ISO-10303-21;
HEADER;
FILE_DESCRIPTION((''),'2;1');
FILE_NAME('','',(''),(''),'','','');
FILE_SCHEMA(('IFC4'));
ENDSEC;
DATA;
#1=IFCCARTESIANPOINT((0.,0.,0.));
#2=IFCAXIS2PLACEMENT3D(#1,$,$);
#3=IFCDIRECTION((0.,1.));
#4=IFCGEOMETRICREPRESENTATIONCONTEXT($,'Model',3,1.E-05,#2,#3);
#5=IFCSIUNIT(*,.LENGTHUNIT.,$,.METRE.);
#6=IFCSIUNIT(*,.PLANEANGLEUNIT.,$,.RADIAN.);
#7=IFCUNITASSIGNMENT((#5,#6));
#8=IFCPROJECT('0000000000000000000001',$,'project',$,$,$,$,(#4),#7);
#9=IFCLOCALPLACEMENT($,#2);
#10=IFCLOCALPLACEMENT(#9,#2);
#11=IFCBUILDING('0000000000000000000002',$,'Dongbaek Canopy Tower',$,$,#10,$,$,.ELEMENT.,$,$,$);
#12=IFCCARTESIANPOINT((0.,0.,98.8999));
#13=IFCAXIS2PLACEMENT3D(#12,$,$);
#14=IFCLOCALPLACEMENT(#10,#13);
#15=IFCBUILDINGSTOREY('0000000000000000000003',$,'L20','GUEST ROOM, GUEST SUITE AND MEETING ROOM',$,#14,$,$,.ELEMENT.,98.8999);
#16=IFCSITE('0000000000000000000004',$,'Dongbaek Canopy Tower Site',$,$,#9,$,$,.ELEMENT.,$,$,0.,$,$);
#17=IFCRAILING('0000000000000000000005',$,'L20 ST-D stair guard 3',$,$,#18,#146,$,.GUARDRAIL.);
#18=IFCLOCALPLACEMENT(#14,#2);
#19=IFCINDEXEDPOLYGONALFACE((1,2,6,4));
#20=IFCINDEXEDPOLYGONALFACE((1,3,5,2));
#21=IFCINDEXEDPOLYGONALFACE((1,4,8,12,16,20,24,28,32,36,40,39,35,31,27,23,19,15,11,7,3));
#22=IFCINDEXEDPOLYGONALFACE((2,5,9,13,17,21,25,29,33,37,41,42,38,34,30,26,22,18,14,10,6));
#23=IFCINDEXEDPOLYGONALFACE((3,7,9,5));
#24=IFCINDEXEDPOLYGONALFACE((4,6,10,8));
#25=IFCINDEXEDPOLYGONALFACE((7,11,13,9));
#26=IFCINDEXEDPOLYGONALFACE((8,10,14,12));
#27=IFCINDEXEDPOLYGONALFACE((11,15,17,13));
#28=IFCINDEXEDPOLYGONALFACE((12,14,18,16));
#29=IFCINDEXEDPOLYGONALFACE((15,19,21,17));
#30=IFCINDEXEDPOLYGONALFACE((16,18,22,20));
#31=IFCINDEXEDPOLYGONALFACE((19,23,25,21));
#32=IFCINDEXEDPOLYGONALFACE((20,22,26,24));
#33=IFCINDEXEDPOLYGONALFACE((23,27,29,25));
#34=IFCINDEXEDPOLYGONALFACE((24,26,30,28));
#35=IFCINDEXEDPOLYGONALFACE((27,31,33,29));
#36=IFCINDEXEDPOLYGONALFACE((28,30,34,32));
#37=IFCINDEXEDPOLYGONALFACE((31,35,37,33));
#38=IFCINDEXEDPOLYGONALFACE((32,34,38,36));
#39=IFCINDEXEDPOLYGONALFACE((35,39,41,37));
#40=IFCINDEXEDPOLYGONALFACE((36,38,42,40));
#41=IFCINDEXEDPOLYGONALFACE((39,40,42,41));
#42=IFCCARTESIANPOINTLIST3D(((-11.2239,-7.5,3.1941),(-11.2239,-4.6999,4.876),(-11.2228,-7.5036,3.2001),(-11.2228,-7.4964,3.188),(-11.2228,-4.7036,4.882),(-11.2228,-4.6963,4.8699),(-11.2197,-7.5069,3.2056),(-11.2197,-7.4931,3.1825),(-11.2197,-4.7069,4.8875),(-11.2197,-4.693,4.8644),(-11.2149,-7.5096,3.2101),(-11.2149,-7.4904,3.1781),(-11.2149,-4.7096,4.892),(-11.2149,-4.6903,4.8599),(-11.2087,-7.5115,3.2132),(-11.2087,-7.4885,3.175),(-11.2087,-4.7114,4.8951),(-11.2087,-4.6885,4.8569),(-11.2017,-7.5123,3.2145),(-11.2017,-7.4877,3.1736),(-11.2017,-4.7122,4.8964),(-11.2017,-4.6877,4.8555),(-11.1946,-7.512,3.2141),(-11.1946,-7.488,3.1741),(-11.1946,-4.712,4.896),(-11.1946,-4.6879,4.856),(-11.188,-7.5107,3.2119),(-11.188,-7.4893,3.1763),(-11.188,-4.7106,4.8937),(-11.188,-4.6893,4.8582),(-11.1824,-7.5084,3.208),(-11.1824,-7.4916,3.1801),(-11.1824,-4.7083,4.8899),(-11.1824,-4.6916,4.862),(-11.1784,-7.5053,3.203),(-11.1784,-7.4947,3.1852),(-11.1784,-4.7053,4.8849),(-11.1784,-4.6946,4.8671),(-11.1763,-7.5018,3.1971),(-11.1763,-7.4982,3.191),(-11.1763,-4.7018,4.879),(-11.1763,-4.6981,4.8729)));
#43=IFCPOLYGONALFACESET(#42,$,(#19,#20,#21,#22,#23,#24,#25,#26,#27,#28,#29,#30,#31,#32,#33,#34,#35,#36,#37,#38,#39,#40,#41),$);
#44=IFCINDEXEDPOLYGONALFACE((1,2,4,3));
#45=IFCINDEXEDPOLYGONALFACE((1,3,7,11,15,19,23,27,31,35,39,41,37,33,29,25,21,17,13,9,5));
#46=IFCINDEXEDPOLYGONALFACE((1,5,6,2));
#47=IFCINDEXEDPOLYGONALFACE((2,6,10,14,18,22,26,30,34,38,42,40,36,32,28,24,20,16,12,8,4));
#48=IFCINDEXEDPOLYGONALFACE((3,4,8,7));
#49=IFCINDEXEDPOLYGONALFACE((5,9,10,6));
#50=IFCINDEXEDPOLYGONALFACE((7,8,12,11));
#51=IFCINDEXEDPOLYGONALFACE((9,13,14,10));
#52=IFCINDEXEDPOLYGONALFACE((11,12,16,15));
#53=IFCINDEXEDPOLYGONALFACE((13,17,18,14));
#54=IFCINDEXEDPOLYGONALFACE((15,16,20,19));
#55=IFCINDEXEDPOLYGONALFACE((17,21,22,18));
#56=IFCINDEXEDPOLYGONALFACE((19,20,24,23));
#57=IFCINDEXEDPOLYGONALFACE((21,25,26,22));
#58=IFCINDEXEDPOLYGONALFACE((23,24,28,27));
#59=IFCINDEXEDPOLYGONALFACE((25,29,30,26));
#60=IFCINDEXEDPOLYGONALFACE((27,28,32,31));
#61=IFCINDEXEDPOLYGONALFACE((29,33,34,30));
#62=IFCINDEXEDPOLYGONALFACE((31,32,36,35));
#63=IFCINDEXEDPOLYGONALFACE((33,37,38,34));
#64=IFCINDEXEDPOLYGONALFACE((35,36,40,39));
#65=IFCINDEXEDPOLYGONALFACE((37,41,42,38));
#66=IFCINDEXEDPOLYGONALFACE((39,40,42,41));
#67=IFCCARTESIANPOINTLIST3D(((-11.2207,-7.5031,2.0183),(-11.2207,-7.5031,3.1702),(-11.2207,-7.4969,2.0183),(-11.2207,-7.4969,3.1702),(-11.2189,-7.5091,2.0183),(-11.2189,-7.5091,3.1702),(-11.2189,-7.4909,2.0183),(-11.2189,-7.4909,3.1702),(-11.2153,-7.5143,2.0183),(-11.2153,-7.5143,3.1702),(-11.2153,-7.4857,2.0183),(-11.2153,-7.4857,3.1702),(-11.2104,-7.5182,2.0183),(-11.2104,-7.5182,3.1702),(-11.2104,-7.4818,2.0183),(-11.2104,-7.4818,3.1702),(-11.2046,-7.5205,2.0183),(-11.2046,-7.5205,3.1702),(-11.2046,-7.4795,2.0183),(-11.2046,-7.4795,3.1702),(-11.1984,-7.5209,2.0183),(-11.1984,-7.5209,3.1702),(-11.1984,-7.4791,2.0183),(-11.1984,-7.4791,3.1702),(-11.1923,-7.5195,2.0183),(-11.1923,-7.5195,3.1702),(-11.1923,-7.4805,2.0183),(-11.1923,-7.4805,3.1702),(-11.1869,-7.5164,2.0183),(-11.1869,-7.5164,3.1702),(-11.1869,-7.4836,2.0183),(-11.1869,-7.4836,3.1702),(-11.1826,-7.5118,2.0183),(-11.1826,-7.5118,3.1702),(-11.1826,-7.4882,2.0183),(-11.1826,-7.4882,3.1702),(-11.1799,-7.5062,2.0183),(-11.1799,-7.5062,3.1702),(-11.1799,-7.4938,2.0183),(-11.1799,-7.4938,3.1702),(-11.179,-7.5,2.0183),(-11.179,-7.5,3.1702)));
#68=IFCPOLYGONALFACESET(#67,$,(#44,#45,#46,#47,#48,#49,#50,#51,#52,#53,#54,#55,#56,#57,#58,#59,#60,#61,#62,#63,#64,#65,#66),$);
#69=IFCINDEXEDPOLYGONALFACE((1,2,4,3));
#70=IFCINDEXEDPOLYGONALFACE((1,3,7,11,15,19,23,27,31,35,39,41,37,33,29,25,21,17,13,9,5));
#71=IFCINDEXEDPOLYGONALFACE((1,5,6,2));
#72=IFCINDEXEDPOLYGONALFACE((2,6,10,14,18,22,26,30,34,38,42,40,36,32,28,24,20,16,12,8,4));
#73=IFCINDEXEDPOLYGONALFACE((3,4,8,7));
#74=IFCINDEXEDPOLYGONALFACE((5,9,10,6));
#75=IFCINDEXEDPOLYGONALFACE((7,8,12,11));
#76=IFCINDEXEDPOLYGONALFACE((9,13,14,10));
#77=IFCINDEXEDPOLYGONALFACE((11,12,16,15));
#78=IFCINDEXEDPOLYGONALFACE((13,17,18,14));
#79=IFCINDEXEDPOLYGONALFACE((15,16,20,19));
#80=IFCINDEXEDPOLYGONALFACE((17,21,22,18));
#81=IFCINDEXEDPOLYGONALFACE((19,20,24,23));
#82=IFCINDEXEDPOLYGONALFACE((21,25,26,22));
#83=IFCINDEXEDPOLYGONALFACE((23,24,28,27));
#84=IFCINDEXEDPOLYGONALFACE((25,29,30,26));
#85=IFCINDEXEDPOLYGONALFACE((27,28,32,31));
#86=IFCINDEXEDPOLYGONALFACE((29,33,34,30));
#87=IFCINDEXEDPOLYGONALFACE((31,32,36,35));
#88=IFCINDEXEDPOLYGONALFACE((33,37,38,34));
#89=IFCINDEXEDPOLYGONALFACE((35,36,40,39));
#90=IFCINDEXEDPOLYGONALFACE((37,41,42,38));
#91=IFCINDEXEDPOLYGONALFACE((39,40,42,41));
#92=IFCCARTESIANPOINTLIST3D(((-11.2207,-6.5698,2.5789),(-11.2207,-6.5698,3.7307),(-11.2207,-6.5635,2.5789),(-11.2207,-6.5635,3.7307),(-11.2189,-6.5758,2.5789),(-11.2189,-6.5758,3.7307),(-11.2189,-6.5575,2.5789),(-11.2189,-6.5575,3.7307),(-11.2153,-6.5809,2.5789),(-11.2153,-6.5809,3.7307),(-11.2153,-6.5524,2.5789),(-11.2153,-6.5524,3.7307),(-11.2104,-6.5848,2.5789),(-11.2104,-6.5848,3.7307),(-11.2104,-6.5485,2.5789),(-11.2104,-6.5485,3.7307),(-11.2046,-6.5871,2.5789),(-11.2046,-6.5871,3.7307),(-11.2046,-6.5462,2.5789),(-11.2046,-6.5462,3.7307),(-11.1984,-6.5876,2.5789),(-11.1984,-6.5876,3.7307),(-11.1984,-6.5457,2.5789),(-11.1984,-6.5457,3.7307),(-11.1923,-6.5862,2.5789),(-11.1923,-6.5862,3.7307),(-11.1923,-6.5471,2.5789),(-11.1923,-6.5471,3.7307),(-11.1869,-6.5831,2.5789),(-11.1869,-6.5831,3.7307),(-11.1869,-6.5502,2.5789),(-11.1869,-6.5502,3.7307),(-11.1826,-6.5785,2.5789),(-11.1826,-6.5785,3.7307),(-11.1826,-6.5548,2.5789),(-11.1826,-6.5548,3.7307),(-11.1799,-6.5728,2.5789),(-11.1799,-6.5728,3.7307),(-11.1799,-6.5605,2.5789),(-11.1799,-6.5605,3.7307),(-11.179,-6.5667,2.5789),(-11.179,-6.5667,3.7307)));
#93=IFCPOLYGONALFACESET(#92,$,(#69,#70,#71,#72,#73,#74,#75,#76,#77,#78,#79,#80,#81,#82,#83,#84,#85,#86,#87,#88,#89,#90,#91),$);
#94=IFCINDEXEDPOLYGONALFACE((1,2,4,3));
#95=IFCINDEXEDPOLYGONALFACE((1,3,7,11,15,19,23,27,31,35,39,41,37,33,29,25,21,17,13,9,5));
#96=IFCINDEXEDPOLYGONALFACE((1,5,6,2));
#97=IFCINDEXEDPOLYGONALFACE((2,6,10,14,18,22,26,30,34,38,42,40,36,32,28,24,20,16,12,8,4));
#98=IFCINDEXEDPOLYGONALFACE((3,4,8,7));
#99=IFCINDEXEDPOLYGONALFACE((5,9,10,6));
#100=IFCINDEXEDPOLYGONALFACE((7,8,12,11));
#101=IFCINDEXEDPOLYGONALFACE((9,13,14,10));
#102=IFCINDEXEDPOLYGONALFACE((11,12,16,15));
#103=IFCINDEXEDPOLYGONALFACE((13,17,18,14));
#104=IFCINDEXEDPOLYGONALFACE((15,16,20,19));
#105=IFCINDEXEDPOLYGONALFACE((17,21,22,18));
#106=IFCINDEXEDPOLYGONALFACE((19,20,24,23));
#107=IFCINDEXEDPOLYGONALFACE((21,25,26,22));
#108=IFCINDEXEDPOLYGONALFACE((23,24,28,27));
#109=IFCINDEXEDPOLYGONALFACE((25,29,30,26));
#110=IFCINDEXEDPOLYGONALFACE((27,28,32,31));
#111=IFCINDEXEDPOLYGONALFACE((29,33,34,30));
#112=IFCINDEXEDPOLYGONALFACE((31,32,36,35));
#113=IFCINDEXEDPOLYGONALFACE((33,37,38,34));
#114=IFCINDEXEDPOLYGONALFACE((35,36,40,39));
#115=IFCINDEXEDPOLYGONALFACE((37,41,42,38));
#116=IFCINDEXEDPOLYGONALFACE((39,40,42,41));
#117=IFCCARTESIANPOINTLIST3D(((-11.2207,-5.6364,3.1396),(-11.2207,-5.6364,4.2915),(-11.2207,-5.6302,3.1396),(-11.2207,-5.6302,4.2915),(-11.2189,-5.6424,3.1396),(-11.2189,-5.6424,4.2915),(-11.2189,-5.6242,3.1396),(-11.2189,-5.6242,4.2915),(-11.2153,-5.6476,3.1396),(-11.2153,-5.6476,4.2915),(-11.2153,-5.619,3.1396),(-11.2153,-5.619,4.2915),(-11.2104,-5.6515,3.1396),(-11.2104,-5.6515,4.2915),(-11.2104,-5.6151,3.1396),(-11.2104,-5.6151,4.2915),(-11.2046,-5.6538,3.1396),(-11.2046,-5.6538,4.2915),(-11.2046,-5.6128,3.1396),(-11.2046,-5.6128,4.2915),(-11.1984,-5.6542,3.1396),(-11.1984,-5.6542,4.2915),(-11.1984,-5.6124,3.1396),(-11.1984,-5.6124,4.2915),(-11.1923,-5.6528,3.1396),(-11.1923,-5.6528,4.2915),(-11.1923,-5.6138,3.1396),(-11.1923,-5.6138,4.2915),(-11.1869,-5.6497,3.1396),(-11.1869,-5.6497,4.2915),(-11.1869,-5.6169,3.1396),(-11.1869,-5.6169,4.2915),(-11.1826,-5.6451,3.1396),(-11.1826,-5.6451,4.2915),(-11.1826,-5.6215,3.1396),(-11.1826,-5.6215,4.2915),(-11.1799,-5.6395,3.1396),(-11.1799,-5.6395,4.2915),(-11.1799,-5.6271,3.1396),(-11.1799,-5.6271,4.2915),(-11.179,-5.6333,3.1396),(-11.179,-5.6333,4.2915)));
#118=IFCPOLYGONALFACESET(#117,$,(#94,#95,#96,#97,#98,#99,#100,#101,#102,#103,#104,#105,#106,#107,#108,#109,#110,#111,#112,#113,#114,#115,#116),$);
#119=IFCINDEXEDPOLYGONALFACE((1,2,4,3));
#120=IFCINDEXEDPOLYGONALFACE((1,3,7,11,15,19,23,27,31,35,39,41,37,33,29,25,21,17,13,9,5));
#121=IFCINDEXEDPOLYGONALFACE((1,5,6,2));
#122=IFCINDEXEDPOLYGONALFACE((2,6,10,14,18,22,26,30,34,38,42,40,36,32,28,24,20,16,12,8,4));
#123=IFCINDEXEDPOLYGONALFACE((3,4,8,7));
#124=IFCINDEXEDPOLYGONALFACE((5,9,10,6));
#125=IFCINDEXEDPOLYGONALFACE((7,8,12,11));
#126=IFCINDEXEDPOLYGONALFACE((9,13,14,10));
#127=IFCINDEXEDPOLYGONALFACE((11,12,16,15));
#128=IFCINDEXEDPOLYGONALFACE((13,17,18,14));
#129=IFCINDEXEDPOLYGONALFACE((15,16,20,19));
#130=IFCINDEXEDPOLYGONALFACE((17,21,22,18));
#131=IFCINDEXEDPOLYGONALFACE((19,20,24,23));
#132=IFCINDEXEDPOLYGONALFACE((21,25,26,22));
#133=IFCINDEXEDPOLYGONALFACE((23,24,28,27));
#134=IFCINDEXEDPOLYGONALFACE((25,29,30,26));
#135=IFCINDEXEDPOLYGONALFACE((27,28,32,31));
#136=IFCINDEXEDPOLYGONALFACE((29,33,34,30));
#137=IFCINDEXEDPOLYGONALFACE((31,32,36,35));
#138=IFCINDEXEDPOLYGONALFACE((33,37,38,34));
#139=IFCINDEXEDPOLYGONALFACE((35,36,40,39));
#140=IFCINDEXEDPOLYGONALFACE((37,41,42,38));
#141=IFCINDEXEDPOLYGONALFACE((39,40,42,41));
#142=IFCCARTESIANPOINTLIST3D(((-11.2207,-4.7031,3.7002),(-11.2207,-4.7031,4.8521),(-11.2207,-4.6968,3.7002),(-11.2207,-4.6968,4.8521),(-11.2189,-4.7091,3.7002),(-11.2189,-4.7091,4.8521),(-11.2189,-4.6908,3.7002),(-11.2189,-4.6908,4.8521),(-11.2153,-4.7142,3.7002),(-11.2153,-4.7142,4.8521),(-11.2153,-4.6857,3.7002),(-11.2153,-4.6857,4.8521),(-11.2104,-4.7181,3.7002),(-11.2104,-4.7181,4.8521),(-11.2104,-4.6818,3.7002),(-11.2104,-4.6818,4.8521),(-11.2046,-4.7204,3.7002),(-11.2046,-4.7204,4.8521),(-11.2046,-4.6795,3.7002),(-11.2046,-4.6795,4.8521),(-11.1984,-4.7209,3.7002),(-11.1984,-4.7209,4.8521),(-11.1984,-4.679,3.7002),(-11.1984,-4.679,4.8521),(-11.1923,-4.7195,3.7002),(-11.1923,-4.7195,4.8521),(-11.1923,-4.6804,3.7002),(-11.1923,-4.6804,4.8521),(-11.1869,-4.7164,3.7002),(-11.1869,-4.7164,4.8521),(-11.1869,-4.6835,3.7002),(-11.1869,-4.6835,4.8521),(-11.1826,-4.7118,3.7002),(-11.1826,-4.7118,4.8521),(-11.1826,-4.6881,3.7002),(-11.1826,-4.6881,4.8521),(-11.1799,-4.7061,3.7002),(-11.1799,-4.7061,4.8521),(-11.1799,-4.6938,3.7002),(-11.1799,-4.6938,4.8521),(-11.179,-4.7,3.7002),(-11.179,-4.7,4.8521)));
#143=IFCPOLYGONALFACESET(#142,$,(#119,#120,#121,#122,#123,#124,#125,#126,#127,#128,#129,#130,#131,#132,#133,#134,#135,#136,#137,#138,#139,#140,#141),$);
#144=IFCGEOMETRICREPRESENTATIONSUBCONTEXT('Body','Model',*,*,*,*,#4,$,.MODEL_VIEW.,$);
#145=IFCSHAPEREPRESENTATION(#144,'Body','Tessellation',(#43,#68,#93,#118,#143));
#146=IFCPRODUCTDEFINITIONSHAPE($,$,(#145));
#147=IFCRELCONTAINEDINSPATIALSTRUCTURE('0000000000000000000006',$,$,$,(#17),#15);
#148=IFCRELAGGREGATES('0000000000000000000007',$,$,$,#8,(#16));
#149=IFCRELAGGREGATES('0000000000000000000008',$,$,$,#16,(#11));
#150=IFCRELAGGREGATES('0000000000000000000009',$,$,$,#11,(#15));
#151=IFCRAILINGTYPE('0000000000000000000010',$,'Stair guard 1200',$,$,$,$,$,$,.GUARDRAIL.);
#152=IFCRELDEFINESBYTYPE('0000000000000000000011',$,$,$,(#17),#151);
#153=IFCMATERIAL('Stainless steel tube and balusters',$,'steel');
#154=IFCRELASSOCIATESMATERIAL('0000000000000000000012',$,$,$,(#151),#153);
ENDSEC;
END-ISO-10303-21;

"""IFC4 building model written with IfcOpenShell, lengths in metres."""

from ifc_helpers import new_model, si_unit, direction, frame, origin, origin_2d, place, context, subcontext, project, spatial, circle, extrude, material, type_object, element, save


model = new_model("IFC4")

# Units and contexts
model_context = context("Model", 3, precision=1e-05, world=origin(), true_north=direction((0.0, 1.0)))
body_context = subcontext(model_context, "Body", "Model", "MODEL_VIEW")
ifc_project = project(units=[si_unit("LENGTHUNIT", "METRE"), si_unit("PLANEANGLEUNIT", "RADIAN")], contexts=[model_context])

# Site, building, storey
site_placement = place(None, origin())
site = spatial("IfcSite", under=ifc_project, at=site_placement, Name="Dongbaek Canopy Tower Site", CompositionType="ELEMENT", RefElevation=0.0)
building_placement = place(site_placement, origin())
building = spatial("IfcBuilding", under=site, at=building_placement, Name="Dongbaek Canopy Tower", CompositionType="ELEMENT")
storey_placement = place(building_placement, frame((0.0, 0.0, 98.8999)))
storey = spatial("IfcBuildingStorey", under=building, at=storey_placement, Name="L20", Description="GUEST ROOM, GUEST SUITE AND MEETING ROOM", CompositionType="ELEMENT", Elevation=98.8999)

# Railing
ifc_material_1 = material(Name="Stainless steel tube and balusters", Category="steel")
railing_type_1 = type_object("IfcRailingType", Name="Stair guard 1200", PredefinedType="GUARDRAIL", material=ifc_material_1)
railing_1_placement = place(storey_placement, frame((-11.2, -7.5, 2.0183)))
element("IfcRailing", 1, at=railing_1_placement, inside=storey, type_object=railing_type_1, Name="L20 ST-D stair guard 3", PredefinedType="GUARDRAIL", context=body_context, shape_type="SweptSolid", body=[
    extrude(circle(Radius=0.0239, at=origin_2d()), frame((0.0, 0.0, 1.1758), z_axis=(0.0, 0.857242, 0.514913), x_axis=(-1.0, 0.0, 0.0)), (0.0, 0.0, 1.0), 3.2664),
    extrude(circle(Radius=0.021, at=origin_2d()), origin(), (0.0, 0.0, 1.0), 1.1519),
    extrude(circle(Radius=0.021, at=origin_2d()), frame((0.0, 0.9333, 0.5605)), (0.0, 0.0, 1.0), 1.1519),
    extrude(circle(Radius=0.021, at=origin_2d()), frame((0.0, 1.8667, 1.1213)), (0.0, 0.0, 1.0), 1.1519),
    extrude(circle(Radius=0.021, at=origin_2d()), frame((0.0, 2.8, 1.6819)), (0.0, 0.0, 1.0), 1.1519),
])

save(model, "model.ifc")
